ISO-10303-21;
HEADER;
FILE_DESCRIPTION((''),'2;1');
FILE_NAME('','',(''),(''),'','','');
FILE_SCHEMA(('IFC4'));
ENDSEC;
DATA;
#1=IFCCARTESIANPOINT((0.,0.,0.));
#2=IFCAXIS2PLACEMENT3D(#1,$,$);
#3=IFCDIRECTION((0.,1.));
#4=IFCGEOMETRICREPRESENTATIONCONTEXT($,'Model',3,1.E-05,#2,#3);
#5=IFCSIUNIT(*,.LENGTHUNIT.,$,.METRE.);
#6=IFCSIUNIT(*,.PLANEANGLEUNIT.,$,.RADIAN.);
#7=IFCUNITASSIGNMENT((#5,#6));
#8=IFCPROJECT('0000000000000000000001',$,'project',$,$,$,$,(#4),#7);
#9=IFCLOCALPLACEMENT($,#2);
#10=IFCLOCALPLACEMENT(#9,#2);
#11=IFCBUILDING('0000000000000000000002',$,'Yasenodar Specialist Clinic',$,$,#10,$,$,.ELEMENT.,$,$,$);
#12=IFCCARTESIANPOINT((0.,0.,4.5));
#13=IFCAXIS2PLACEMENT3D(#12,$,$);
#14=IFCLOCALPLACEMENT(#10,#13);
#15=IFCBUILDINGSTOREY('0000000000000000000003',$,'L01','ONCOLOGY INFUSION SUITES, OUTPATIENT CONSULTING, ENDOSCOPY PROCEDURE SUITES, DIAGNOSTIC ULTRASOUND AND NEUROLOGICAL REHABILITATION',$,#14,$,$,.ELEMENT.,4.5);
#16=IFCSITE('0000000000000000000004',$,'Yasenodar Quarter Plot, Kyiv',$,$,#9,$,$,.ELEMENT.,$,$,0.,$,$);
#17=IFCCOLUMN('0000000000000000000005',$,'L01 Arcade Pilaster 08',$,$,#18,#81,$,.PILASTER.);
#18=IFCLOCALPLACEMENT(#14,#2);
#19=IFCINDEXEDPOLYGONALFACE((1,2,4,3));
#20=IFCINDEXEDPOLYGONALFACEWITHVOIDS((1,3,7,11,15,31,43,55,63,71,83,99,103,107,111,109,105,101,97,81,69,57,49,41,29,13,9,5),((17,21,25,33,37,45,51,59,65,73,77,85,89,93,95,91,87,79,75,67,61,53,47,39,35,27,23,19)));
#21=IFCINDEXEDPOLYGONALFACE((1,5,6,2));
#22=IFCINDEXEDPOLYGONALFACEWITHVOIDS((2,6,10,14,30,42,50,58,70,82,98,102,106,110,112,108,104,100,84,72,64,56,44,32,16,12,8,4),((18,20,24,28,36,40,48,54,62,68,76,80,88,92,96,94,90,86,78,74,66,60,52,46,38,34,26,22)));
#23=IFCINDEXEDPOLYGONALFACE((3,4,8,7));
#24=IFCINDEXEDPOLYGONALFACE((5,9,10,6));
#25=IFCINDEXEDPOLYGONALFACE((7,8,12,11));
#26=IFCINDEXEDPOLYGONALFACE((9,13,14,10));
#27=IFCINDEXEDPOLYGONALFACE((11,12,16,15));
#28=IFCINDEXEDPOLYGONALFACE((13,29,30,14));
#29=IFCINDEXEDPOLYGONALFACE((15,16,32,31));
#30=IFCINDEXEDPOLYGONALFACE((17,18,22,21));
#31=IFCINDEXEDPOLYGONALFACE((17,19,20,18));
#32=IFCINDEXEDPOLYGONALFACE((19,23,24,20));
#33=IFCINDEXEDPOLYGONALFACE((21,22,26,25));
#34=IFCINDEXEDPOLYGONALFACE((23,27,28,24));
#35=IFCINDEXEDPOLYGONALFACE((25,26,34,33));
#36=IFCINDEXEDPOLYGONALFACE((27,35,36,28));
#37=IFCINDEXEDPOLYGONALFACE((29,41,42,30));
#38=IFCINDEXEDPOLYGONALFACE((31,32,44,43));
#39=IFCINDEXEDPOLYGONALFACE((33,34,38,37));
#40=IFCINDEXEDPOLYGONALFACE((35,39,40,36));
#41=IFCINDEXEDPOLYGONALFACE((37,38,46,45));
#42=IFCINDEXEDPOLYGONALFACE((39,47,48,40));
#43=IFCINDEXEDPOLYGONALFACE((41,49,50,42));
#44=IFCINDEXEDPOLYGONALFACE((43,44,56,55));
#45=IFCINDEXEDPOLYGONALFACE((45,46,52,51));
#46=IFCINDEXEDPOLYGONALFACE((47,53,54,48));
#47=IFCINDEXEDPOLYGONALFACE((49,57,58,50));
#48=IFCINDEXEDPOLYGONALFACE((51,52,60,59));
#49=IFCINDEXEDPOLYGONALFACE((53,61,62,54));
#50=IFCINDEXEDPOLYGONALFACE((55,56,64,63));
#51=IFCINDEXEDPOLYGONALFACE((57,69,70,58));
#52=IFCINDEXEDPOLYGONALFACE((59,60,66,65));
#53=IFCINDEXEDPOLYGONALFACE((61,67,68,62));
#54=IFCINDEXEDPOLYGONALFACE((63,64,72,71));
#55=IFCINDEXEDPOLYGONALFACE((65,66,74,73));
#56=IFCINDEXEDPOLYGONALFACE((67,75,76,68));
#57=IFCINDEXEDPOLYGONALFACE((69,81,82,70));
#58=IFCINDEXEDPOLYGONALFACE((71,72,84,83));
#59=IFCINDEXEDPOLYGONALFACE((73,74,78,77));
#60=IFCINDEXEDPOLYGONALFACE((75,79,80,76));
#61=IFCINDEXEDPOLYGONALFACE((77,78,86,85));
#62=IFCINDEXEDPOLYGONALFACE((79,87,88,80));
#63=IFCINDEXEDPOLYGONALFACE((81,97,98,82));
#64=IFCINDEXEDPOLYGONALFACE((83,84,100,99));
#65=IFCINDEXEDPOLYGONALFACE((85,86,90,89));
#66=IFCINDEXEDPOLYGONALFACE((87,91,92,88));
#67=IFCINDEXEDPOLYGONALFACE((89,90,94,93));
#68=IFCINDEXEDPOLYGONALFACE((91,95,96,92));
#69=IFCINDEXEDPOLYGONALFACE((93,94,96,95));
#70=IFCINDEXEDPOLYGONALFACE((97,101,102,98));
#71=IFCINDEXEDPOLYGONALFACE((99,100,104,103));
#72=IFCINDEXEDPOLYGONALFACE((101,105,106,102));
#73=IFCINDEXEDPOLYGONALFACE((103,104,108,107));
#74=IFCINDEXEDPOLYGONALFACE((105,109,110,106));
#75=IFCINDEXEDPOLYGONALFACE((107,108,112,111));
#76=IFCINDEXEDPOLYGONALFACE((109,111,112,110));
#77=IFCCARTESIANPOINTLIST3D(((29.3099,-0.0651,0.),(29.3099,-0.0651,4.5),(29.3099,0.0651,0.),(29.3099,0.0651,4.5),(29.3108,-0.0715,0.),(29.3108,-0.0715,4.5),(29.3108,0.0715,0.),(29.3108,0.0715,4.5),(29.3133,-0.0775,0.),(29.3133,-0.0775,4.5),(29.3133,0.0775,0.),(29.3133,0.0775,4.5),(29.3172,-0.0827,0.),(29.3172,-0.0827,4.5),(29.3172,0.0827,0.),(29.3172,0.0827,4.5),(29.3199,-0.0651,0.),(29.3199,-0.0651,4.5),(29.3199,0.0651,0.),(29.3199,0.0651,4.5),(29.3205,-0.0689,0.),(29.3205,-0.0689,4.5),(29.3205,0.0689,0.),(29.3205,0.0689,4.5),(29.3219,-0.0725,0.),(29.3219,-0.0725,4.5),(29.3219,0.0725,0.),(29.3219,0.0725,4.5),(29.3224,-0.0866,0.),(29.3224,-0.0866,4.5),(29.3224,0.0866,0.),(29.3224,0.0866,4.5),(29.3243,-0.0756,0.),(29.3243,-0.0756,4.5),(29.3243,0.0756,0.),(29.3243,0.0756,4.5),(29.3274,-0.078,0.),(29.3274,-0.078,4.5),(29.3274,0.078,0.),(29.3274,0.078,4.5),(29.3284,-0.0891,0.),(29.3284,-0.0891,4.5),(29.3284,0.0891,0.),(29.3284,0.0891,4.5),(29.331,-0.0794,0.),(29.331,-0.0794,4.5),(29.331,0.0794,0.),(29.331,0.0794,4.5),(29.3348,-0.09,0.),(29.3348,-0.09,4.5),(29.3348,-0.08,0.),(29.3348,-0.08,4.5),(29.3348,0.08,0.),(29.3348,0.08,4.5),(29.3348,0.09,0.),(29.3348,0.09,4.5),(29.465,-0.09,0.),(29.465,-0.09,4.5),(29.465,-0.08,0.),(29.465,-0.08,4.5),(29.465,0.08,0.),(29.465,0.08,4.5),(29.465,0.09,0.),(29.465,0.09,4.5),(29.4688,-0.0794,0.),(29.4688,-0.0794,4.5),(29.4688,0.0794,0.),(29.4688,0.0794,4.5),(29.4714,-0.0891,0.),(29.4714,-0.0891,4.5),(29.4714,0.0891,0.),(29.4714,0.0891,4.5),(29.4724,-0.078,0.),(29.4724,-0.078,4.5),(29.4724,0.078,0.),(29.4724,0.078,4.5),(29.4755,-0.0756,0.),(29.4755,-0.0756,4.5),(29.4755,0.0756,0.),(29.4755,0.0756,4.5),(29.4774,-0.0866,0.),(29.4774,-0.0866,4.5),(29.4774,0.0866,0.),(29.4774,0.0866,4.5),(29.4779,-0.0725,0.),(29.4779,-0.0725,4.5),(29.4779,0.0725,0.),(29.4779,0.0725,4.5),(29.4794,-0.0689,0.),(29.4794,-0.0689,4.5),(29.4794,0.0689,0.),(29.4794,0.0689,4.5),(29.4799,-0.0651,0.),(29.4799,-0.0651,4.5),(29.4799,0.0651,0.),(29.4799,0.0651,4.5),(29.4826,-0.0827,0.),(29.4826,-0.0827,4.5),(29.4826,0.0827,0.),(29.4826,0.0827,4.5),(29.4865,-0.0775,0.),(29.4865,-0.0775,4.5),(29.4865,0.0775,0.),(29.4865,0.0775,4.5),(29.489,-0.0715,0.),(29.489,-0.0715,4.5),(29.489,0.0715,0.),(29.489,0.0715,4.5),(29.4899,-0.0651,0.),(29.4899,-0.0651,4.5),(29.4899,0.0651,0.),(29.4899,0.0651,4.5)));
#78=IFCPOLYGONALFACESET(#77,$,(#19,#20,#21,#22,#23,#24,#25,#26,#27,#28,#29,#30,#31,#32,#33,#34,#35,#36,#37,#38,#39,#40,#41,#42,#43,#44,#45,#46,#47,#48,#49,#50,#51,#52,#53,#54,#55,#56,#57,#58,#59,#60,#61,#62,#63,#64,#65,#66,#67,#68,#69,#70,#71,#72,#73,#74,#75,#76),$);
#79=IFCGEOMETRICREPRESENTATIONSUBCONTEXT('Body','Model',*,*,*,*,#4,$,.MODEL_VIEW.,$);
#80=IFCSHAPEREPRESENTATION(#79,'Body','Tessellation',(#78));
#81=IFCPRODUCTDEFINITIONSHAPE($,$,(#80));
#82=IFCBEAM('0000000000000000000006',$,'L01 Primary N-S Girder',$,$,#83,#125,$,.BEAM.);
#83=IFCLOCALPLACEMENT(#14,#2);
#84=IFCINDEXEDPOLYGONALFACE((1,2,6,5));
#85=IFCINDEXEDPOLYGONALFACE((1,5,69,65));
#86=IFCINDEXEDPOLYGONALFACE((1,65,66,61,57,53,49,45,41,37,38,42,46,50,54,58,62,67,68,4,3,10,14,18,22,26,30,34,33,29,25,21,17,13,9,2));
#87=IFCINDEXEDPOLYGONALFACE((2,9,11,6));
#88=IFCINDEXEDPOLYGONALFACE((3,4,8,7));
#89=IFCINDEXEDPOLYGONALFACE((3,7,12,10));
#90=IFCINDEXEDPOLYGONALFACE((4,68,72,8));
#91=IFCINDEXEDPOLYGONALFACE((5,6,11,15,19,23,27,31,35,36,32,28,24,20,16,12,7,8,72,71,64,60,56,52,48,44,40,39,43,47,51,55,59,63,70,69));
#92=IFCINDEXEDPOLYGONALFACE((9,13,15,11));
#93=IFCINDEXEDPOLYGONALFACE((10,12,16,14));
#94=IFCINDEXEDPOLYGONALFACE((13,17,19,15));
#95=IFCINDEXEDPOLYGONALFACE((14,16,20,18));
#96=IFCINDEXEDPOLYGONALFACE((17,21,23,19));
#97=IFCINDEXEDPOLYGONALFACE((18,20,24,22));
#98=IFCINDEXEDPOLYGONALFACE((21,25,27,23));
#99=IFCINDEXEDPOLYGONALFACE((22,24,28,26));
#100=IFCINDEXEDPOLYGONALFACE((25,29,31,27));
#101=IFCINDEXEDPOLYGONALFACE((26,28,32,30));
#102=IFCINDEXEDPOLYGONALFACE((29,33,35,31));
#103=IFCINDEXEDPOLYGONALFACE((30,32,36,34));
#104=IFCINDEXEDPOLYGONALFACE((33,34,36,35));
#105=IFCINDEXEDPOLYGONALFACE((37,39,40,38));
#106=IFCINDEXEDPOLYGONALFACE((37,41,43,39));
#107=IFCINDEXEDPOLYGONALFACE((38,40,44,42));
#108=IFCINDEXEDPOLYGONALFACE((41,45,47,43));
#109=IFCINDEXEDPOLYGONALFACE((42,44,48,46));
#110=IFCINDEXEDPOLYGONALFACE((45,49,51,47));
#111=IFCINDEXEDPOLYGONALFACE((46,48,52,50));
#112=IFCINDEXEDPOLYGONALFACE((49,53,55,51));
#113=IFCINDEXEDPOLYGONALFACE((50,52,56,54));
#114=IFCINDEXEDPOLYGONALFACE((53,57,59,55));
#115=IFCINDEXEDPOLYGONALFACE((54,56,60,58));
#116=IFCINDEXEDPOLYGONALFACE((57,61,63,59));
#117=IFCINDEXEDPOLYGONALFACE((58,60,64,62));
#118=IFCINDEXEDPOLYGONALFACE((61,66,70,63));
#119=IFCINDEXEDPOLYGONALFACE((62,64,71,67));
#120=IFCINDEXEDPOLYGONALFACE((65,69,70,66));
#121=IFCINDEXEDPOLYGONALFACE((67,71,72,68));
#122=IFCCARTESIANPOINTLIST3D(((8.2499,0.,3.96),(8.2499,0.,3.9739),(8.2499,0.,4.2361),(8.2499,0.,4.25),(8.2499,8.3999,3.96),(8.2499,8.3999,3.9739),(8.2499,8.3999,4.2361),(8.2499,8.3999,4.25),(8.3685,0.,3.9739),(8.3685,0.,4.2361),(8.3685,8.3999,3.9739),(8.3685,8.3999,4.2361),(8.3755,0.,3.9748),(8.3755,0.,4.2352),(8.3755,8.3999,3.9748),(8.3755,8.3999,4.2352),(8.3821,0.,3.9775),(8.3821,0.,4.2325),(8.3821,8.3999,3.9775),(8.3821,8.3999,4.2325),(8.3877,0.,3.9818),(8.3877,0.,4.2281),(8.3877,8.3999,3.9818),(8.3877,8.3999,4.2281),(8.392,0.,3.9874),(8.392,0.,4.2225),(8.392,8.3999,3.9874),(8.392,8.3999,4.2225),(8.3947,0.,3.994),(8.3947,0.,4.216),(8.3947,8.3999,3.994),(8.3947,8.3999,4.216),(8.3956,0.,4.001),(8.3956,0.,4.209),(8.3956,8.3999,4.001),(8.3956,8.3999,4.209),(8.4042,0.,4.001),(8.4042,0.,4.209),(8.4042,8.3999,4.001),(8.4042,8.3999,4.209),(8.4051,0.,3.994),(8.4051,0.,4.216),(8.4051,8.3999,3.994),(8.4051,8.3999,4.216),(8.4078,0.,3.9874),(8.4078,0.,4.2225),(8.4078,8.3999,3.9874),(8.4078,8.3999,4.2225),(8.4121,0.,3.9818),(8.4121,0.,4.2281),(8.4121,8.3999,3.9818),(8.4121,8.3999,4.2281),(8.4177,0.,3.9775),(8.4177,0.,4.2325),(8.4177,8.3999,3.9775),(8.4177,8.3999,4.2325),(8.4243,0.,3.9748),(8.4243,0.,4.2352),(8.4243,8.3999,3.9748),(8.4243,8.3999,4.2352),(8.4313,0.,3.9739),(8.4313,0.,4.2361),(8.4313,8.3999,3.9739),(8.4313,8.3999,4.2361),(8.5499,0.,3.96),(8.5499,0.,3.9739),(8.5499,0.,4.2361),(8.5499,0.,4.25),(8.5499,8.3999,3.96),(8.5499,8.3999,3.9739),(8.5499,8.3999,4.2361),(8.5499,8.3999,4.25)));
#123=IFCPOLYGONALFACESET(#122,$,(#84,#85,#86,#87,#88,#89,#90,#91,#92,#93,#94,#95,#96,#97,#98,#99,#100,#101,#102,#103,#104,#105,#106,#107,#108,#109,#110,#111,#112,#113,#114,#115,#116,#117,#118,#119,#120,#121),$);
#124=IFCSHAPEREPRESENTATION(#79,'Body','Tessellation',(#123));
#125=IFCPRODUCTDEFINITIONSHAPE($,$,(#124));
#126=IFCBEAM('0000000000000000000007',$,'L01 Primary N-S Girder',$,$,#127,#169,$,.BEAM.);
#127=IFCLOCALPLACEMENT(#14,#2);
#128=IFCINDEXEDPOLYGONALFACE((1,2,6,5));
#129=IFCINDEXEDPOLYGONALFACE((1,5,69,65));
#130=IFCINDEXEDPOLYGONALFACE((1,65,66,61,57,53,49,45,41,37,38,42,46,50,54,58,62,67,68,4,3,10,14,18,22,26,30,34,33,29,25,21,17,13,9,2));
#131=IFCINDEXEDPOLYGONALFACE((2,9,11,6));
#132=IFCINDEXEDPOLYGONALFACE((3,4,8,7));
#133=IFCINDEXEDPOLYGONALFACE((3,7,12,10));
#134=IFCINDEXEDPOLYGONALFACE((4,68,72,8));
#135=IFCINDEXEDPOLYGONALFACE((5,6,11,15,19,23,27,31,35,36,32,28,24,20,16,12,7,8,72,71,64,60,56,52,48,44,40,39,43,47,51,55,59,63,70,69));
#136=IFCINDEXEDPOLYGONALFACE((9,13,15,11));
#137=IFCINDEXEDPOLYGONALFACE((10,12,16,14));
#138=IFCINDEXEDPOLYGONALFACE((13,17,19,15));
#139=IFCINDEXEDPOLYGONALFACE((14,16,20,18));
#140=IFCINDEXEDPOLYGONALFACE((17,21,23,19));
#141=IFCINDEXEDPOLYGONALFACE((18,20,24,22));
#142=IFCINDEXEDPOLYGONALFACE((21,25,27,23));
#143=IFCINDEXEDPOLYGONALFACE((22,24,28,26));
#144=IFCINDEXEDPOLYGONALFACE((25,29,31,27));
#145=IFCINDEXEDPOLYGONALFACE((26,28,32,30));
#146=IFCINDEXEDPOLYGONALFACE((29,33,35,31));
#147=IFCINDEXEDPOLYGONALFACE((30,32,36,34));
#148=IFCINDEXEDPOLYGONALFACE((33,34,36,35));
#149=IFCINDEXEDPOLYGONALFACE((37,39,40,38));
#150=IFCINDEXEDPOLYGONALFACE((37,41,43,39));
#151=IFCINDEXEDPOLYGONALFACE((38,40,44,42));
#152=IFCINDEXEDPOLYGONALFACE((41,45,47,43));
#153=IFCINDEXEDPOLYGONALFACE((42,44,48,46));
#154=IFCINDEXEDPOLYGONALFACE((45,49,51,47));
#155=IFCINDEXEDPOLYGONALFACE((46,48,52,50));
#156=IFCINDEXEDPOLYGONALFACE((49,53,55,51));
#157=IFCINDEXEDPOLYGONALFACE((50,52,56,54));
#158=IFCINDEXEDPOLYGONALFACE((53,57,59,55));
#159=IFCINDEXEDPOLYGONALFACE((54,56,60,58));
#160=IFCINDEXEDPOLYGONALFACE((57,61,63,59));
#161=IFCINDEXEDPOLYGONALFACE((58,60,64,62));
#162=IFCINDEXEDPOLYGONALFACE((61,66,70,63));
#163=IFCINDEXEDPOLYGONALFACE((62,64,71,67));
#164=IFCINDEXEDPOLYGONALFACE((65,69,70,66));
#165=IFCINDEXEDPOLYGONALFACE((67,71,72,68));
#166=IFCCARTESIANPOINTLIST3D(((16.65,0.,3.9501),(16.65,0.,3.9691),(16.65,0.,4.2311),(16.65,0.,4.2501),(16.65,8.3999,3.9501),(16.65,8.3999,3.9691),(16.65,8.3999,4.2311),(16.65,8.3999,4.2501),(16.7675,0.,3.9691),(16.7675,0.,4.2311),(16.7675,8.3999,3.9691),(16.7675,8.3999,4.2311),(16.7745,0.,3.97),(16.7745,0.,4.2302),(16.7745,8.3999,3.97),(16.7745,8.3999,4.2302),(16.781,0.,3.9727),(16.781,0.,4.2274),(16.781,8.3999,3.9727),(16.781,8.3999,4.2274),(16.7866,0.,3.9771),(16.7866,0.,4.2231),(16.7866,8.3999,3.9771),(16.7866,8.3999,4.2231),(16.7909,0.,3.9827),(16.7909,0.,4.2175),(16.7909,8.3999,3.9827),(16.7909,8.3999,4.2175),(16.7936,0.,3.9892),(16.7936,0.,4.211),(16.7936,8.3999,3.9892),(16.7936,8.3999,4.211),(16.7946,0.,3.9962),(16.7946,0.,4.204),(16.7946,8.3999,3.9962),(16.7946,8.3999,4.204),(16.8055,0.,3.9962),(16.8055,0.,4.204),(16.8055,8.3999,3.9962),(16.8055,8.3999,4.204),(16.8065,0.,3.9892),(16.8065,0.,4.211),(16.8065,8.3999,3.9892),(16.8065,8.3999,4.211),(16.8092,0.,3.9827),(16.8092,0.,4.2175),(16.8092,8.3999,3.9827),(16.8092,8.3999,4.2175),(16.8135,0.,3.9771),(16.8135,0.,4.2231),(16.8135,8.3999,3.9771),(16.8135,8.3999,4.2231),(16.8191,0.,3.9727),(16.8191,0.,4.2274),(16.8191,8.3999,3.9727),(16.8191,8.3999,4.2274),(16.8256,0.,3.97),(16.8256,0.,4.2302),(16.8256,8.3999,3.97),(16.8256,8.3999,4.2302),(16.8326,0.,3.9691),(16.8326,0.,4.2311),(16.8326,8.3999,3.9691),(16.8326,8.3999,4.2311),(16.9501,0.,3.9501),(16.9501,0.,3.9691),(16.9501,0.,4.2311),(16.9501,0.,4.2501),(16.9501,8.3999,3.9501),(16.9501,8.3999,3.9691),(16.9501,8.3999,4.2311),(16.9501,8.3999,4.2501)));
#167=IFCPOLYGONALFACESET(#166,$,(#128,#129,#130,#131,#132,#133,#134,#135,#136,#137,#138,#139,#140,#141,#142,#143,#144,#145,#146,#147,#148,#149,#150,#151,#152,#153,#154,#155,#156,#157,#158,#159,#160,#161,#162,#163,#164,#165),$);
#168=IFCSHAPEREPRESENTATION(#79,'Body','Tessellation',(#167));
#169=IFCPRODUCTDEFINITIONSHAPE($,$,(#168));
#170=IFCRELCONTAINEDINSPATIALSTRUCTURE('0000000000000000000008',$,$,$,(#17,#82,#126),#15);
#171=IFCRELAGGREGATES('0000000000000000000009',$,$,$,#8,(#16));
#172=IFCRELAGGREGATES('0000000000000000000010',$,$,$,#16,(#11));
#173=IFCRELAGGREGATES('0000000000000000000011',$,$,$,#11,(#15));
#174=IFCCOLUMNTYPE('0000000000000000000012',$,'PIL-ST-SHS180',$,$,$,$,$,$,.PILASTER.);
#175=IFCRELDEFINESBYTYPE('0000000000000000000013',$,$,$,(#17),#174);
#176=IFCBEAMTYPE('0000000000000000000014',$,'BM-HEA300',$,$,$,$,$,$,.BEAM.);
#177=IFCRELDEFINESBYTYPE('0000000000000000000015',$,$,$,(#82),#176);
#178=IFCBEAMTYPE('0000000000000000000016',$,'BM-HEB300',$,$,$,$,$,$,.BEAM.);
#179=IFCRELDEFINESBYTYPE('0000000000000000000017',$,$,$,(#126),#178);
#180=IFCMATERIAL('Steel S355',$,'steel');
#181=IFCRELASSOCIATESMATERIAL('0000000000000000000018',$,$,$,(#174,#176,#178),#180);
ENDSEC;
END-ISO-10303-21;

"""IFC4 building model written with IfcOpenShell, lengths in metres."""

from ifc_helpers import new_model, si_unit, direction, frame, origin, origin_2d, place, context, subcontext, project, spatial, hollow_rectangle, i_section, extrude, material, material_profile, profile_set, type_object, element, save


model = new_model("IFC4")

# Units and contexts
model_context = context("Model", 3, precision=1e-05, world=origin(), true_north=direction((0.0, 1.0)))
body_context = subcontext(model_context, "Body", "Model", "MODEL_VIEW")
ifc_project = project(units=[si_unit("LENGTHUNIT", "METRE"), si_unit("PLANEANGLEUNIT", "RADIAN")], contexts=[model_context])

# Site, building, storey
site_placement = place(None, origin())
site = spatial("IfcSite", under=ifc_project, at=site_placement, Name="Yasenodar Quarter Plot, Kyiv", CompositionType="ELEMENT", RefElevation=0.0)
building_placement = place(site_placement, origin())
building = spatial("IfcBuilding", under=site, at=building_placement, Name="Yasenodar Specialist Clinic", CompositionType="ELEMENT")
storey_placement = place(building_placement, frame((0.0, 0.0, 4.5)))
storey = spatial("IfcBuildingStorey", under=building, at=storey_placement, Name="L01", Description="ONCOLOGY INFUSION SUITES, OUTPATIENT CONSULTING, ENDOSCOPY PROCEDURE SUITES, DIAGNOSTIC ULTRASOUND AND NEUROLOGICAL REHABILITATION", CompositionType="ELEMENT", Elevation=4.5)

# Column
ifc_material_1 = material(Name="Steel S355", Category="steel")
ifc_material_profile_1 = material_profile(ifc_material_1, hollow_rectangle(XDim=0.1799, YDim=0.1799, WallThickness=0.01, InnerFilletRadius=0.0149, OuterFilletRadius=0.0249, at=origin_2d()), Name="SHS 180x180x10")
ifc_profile_set_1 = profile_set([ifc_material_profile_1], Name="Steel S355")
column_type_1 = type_object("IfcColumnType", Name="PIL-ST-SHS180", PredefinedType="PILASTER", material=ifc_profile_set_1)
for number, where, z_axis, x_axis, name in (
    (1, (29.3999, 0.0, 0.0), (0.0, 0.0, 1.0), (1.0, 0.0, 0.0), "L01 Arcade Pilaster 08"),
):
    element("IfcColumn", number, at=place(storey_placement, frame(where, z_axis=z_axis, x_axis=x_axis)), inside=storey, type_object=column_type_1, Name=name, PredefinedType="PILASTER", context=body_context, shape_type="SweptSolid", body=[
        extrude(hollow_rectangle(XDim=0.1799, YDim=0.1799, WallThickness=0.01, InnerFilletRadius=0.0149, OuterFilletRadius=0.0249, at=origin_2d()), origin(), (0.0, 0.0, 1.0), 4.5),
    ])

# Beams
ifc_material_profile_2 = material_profile(ifc_material_1, i_section(OverallWidth=0.3, OverallDepth=0.29, WebThickness=0.0085, FlangeThickness=0.0139, FilletRadius=0.0271, at=origin_2d()), Name="HEA 300")
ifc_profile_set_2 = profile_set([ifc_material_profile_2], Name="Steel S355")
beam_type_1 = type_object("IfcBeamType", Name="BM-HEA300", PredefinedType="BEAM", material=ifc_profile_set_2)
beam_1_placement = place(storey_placement, frame((8.3999, 0.0, 4.105), z_axis=(0.0, 1.0, 0.0), x_axis=(-1.0, 0.0, 0.0)))
element("IfcBeam", 2, at=beam_1_placement, inside=storey, type_object=beam_type_1, Name="L01 Primary N-S Girder", PredefinedType="BEAM", context=body_context, shape_type="SweptSolid", body=[
    extrude(i_section(OverallWidth=0.3, OverallDepth=0.29, WebThickness=0.0085, FlangeThickness=0.0139, FilletRadius=0.0271, at=origin_2d()), origin(), (0.0, 0.0, 1.0), 8.3999),
])
ifc_material_profile_3 = material_profile(ifc_material_1, i_section(OverallWidth=0.3, OverallDepth=0.3, WebThickness=0.011, FlangeThickness=0.019, FilletRadius=0.0271, at=origin_2d()), Name="HEB 300")
ifc_profile_set_3 = profile_set([ifc_material_profile_3], Name="Steel S355")
beam_type_2 = type_object("IfcBeamType", Name="BM-HEB300", PredefinedType="BEAM", material=ifc_profile_set_3)
beam_2_placement = place(storey_placement, frame((16.8, 0.0, 4.1001), z_axis=(0.0, 1.0, 0.0), x_axis=(-1.0, 0.0, 0.0)))
element("IfcBeam", 3, at=beam_2_placement, inside=storey, type_object=beam_type_2, Name="L01 Primary N-S Girder", PredefinedType="BEAM", context=body_context, shape_type="SweptSolid", body=[
    extrude(i_section(OverallWidth=0.3, OverallDepth=0.3, WebThickness=0.011, FlangeThickness=0.019, FilletRadius=0.0271, at=origin_2d()), origin(), (0.0, 0.0, 1.0), 8.3999),
])

save(model, "model.ifc")
